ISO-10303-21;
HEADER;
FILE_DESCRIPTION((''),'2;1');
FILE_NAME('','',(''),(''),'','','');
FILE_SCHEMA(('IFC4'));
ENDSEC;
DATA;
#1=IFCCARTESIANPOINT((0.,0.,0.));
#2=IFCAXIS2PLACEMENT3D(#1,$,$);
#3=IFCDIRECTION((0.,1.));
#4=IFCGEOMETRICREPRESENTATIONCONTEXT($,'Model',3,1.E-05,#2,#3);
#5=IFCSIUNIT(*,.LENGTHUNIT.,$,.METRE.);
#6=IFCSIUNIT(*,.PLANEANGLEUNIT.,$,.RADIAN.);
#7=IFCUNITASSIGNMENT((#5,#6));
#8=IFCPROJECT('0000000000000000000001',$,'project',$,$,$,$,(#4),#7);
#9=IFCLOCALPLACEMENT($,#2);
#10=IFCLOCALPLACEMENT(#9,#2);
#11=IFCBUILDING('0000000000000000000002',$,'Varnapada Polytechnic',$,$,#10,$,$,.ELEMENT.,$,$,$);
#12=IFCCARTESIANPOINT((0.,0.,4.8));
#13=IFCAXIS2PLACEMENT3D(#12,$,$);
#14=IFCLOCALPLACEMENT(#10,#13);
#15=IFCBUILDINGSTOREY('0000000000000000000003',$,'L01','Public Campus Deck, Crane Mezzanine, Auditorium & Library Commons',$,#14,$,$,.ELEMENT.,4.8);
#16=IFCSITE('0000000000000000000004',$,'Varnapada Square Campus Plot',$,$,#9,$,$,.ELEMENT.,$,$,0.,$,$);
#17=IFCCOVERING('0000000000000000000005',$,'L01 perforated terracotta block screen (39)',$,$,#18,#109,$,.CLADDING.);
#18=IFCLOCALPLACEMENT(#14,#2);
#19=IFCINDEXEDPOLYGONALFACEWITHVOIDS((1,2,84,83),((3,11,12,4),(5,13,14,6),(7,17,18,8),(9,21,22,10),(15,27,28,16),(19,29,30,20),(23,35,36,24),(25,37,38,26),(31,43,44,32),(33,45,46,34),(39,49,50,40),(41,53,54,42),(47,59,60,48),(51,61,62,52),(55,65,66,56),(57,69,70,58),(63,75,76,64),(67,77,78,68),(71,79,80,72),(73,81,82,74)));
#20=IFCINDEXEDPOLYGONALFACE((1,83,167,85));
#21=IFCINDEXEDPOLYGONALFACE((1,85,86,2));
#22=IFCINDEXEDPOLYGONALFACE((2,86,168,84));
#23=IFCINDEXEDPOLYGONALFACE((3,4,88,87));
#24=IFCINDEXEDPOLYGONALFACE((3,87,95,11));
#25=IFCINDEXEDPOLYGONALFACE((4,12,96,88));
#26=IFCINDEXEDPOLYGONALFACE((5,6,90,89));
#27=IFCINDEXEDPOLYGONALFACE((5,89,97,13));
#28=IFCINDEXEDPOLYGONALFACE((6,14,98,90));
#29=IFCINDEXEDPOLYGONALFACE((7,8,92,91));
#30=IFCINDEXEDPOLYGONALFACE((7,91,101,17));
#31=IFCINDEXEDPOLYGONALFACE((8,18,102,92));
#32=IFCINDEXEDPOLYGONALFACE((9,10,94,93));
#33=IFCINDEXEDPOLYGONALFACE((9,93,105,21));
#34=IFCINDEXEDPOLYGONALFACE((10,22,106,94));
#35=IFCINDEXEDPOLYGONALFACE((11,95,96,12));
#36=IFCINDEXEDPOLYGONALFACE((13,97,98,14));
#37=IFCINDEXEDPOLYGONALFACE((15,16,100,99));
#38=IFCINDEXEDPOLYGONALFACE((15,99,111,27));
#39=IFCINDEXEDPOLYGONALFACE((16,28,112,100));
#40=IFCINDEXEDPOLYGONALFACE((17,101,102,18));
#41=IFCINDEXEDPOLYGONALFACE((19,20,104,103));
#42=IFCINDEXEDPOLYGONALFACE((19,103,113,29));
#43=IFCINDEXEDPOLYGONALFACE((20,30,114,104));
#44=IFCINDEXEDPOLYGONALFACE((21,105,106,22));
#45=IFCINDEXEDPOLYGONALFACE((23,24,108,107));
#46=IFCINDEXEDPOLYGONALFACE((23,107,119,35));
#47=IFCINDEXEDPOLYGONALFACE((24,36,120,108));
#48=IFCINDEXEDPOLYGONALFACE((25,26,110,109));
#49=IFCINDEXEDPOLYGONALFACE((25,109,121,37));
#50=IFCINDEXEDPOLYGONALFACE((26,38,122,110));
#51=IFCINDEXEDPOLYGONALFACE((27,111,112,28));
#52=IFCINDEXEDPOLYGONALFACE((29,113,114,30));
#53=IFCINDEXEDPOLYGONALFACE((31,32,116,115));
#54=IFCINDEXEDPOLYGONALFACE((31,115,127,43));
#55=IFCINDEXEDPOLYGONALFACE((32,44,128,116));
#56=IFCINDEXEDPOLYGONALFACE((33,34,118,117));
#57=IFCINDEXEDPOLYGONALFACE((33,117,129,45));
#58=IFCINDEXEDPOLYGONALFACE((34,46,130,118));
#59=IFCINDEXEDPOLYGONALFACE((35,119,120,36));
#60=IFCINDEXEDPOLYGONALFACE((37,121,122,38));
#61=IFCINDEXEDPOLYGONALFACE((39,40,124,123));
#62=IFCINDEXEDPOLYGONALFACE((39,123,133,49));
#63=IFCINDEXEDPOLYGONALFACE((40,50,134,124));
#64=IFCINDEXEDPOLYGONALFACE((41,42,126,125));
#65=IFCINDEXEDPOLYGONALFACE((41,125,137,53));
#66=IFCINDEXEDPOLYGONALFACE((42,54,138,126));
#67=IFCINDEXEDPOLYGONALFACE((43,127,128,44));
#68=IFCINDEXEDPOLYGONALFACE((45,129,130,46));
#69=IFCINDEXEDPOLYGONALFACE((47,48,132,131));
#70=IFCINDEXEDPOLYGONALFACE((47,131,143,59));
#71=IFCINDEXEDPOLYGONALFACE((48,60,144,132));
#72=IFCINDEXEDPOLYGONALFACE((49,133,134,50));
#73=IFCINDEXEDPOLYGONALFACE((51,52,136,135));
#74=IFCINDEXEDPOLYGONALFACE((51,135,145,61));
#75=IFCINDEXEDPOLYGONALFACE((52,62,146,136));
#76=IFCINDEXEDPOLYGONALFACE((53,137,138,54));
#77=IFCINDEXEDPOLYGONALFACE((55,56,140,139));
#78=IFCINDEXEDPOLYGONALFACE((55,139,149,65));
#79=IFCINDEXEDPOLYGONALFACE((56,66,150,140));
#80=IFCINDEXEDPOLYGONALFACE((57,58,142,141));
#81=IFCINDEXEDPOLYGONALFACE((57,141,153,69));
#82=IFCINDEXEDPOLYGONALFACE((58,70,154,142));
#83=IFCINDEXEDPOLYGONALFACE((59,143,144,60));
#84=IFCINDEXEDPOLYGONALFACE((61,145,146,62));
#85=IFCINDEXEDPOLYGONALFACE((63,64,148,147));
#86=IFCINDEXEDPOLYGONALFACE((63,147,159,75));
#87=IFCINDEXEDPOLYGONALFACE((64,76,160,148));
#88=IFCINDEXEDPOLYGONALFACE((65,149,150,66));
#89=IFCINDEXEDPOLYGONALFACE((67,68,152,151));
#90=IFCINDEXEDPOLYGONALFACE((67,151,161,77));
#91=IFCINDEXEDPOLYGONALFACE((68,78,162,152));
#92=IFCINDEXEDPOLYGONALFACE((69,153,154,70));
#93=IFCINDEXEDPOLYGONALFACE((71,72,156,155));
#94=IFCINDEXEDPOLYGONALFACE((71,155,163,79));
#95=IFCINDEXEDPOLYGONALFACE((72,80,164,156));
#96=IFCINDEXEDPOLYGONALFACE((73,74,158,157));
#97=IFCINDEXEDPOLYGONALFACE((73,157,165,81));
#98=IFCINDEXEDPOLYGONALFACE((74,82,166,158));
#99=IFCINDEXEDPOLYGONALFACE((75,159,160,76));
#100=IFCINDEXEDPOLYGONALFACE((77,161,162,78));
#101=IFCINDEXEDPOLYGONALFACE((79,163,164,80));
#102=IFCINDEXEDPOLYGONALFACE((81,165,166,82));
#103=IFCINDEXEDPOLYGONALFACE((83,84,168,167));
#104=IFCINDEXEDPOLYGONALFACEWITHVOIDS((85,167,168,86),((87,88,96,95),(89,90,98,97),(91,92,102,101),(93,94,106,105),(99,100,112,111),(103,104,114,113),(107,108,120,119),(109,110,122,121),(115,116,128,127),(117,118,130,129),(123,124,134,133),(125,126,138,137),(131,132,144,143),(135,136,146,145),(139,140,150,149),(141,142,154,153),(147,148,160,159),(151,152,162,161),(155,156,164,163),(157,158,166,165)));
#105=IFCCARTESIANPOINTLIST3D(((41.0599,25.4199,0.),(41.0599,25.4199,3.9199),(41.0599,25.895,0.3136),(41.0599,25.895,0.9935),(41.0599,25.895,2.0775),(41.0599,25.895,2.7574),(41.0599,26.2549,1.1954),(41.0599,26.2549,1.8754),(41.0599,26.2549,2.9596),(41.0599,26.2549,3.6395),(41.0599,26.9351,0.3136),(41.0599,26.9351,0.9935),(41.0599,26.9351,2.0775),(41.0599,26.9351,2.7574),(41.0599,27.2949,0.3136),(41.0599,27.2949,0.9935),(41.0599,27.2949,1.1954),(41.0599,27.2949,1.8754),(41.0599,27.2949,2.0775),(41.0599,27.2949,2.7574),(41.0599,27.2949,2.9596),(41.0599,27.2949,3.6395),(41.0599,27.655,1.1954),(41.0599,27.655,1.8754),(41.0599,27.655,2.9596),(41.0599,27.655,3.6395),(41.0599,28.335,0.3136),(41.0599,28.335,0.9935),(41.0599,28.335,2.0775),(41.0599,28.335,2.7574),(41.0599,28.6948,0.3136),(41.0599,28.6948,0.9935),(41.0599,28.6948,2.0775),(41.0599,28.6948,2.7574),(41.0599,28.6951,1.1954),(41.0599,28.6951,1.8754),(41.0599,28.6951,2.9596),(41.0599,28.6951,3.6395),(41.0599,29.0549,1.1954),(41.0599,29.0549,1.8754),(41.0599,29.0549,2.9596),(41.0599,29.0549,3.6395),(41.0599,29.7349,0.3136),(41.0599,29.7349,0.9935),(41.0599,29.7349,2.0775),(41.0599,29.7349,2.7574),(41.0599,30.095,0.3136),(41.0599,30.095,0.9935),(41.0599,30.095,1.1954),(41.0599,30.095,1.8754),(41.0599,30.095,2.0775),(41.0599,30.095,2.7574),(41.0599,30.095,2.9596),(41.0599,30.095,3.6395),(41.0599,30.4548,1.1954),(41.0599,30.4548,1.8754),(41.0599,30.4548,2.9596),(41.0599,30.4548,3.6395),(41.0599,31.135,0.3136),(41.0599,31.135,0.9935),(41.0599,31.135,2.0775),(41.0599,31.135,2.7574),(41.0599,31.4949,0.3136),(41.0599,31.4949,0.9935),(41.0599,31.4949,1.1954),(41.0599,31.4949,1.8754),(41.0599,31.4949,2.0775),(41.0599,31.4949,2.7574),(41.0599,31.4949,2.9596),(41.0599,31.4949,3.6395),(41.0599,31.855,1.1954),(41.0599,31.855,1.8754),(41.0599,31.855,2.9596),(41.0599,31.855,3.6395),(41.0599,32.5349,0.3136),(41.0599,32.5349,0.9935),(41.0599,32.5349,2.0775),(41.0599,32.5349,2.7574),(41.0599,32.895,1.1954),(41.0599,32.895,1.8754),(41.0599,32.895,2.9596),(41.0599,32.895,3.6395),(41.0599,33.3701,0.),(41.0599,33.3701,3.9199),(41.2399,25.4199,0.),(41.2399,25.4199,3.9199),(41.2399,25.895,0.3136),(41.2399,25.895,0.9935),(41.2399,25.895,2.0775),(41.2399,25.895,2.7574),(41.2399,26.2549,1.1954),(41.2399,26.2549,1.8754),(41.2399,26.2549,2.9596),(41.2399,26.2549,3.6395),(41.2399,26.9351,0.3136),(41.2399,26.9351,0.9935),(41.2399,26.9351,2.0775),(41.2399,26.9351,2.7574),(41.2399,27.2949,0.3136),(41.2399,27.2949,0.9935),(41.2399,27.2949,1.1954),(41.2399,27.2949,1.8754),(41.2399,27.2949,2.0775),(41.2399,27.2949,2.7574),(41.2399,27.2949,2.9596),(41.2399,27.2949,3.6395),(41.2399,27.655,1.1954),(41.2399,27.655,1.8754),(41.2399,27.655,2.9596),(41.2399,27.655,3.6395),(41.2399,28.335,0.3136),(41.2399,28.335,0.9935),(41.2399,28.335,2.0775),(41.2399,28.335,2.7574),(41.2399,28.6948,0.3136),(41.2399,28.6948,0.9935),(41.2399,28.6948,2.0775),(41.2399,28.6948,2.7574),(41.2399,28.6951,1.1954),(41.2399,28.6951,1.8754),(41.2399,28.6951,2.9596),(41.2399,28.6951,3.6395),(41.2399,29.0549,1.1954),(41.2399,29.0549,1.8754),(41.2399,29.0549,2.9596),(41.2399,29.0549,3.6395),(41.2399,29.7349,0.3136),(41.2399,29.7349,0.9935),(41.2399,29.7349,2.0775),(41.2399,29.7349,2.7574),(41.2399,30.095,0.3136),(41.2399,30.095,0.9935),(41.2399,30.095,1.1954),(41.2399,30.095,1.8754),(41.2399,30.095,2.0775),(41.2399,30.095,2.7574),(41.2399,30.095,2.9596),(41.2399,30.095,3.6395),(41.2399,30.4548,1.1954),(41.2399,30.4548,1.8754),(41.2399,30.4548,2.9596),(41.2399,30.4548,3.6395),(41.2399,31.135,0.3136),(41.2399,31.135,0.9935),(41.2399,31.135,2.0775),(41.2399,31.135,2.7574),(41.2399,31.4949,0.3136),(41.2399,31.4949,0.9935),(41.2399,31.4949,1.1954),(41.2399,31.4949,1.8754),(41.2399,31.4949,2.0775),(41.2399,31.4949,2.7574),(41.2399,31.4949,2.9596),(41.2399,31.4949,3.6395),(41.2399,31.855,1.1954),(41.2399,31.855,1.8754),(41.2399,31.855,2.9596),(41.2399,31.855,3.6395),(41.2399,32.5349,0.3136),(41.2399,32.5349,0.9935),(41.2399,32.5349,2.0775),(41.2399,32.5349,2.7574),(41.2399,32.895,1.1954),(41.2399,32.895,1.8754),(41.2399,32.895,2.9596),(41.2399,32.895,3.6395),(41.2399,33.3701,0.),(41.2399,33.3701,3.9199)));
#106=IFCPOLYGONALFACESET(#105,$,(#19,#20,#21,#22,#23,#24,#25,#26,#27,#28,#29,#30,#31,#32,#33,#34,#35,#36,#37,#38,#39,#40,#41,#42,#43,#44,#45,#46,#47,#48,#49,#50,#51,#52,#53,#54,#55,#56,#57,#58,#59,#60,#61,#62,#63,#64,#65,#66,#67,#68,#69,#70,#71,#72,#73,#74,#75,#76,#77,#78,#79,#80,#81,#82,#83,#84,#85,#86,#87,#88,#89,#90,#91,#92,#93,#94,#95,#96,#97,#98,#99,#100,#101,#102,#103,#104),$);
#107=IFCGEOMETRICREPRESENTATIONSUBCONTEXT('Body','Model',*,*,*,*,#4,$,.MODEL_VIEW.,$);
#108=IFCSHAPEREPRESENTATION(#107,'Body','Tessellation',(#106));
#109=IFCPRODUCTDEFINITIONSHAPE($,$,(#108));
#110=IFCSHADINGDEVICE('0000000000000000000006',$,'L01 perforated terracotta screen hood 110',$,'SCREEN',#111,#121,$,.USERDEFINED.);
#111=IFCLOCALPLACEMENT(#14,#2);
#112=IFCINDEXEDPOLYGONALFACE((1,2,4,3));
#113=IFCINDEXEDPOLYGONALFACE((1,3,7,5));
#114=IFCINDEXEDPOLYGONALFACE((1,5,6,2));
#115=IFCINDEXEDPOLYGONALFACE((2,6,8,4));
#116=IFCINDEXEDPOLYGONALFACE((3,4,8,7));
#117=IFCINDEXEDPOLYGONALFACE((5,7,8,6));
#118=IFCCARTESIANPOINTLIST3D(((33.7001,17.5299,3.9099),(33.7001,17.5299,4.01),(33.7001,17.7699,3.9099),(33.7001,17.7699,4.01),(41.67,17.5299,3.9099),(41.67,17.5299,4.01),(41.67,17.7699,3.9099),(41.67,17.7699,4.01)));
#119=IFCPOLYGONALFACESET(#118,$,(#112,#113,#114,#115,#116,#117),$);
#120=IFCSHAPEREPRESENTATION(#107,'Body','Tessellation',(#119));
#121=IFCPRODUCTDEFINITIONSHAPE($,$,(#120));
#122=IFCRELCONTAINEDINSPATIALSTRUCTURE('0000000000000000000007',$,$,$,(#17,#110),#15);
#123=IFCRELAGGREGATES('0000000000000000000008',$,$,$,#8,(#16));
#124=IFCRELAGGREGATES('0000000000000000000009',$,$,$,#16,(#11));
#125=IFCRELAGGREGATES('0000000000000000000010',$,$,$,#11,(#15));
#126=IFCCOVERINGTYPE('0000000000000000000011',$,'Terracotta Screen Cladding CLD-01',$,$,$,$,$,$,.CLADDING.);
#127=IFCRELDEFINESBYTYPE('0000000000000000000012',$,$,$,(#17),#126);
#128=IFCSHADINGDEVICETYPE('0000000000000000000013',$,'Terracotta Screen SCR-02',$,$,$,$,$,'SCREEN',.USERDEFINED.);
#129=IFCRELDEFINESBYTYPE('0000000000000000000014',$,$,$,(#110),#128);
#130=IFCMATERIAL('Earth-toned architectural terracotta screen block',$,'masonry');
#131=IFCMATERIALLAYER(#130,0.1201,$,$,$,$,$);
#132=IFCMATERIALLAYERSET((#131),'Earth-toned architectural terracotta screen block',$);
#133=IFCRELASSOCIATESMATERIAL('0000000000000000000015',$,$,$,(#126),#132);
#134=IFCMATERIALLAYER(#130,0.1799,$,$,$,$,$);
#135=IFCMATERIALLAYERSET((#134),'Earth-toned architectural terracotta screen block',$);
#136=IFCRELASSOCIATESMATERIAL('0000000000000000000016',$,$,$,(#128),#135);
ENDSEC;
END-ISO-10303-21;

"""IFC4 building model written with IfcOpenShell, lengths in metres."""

from ifc_helpers import new_model, si_unit, direction, frame, frame_2d, origin, origin_2d, place, context, subcontext, project, spatial, rectangle, extrude, material, layer, layer_set, type_object, element, save


model = new_model("IFC4")

# Units and contexts
model_context = context("Model", 3, precision=1e-05, world=origin(), true_north=direction((0.0, 1.0)))
body_context = subcontext(model_context, "Body", "Model", "MODEL_VIEW")
ifc_project = project(units=[si_unit("LENGTHUNIT", "METRE"), si_unit("PLANEANGLEUNIT", "RADIAN")], contexts=[model_context])

# Site, building, storey
site_placement = place(None, origin())
site = spatial("IfcSite", under=ifc_project, at=site_placement, Name="Varnapada Square Campus Plot", CompositionType="ELEMENT", RefElevation=0.0)
building_placement = place(site_placement, origin())
building = spatial("IfcBuilding", under=site, at=building_placement, Name="Varnapada Polytechnic", CompositionType="ELEMENT")
storey_placement = place(building_placement, frame((0.0, 0.0, 4.8)))
storey = spatial("IfcBuildingStorey", under=building, at=storey_placement, Name="L01", Description="Public Campus Deck, Crane Mezzanine, Auditorium & Library Commons", CompositionType="ELEMENT", Elevation=4.8)

# Covering, openings
ifc_material_1 = material(Name="Earth-toned architectural terracotta screen block", Category="masonry")
ifc_layer_1 = layer(ifc_material_1, 0.1201)
ifc_layer_set_1 = layer_set([ifc_layer_1], Name="Earth-toned architectural terracotta screen block")
covering_type = type_object("IfcCoveringType", Name="Terracotta Screen Cladding CLD-01", PredefinedType="CLADDING", material=ifc_layer_set_1)
covering_placement = place(storey_placement, frame((41.1499, 25.4199, 0.0), z_axis=(0.0, 0.0, 1.0), x_axis=(0.0, 1.0, 0.0)))
covering = element("IfcCovering", 1, at=covering_placement, inside=storey, type_object=covering_type, Name="L01 perforated terracotta block screen (39)", PredefinedType="CLADDING", context=body_context, shape_type="SweptSolid", body=[
    extrude(rectangle(XDim=7.9502, YDim=0.1799, at=frame_2d((3.9751, 0.0))), origin(), (0.0, 0.0, 1.0), 3.9199),
])
opening_1_placement = place(covering_placement, frame((0.4751, 0.0, 0.3137)))
element("IfcOpeningElement", 2, at=opening_1_placement, cuts=covering, PredefinedType="OPENING", context=body_context, shape_type="SweptSolid", body=[
    extrude(rectangle(XDim=1.04, YDim=0.6799, at=frame_2d((0.52, 0.3398))), frame((0.0, 0.0999, 0.0), z_axis=(0.0, -1.0, 0.0), x_axis=(1.0, 0.0, 0.0)), (0.0, 0.0, 1.0), 0.2),
])
opening_2_placement = place(covering_placement, frame((1.875, 0.0, 0.3137)))
element("IfcOpeningElement", 3, at=opening_2_placement, cuts=covering, PredefinedType="OPENING", context=body_context, shape_type="SweptSolid", body=[
    extrude(rectangle(XDim=1.04, YDim=0.6799, at=frame_2d((0.52, 0.3398))), frame((0.0, 0.0999, 0.0), z_axis=(0.0, -1.0, 0.0), x_axis=(1.0, 0.0, 0.0)), (0.0, 0.0, 1.0), 0.2),
])
opening_3_placement = place(covering_placement, frame((3.2749, 0.0, 0.3137)))
element("IfcOpeningElement", 4, at=opening_3_placement, cuts=covering, PredefinedType="OPENING", context=body_context, shape_type="SweptSolid", body=[
    extrude(rectangle(XDim=1.04, YDim=0.6799, at=frame_2d((0.52, 0.3398))), frame((0.0, 0.0999, 0.0), z_axis=(0.0, -1.0, 0.0), x_axis=(1.0, 0.0, 0.0)), (0.0, 0.0, 1.0), 0.2),
])
opening_4_placement = place(covering_placement, frame((4.675, 0.0, 0.3137)))
element("IfcOpeningElement", 5, at=opening_4_placement, cuts=covering, PredefinedType="OPENING", context=body_context, shape_type="SweptSolid", body=[
    extrude(rectangle(XDim=1.04, YDim=0.6799, at=frame_2d((0.52, 0.3398))), frame((0.0, 0.0999, 0.0), z_axis=(0.0, -1.0, 0.0), x_axis=(1.0, 0.0, 0.0)), (0.0, 0.0, 1.0), 0.2),
])
opening_5_placement = place(covering_placement, frame((6.075, 0.0, 0.3137)))
element("IfcOpeningElement", 6, at=opening_5_placement, cuts=covering, PredefinedType="OPENING", context=body_context, shape_type="SweptSolid", body=[
    extrude(rectangle(XDim=1.04, YDim=0.6799, at=frame_2d((0.52, 0.3398))), frame((0.0, 0.0999, 0.0), z_axis=(0.0, -1.0, 0.0), x_axis=(1.0, 0.0, 0.0)), (0.0, 0.0, 1.0), 0.2),
])
opening_6_placement = place(covering_placement, frame((0.835, 0.0, 1.1956)))
element("IfcOpeningElement", 7, at=opening_6_placement, cuts=covering, PredefinedType="OPENING", context=body_context, shape_type="SweptSolid", body=[
    extrude(rectangle(XDim=1.04, YDim=0.6799, at=frame_2d((0.52, 0.3398))), frame((0.0, 0.0999, 0.0), z_axis=(0.0, -1.0, 0.0), x_axis=(1.0, 0.0, 0.0)), (0.0, 0.0, 1.0), 0.2),
])
opening_7_placement = place(covering_placement, frame((2.2351, 0.0, 1.1956)))
element("IfcOpeningElement", 8, at=opening_7_placement, cuts=covering, PredefinedType="OPENING", context=body_context, shape_type="SweptSolid", body=[
    extrude(rectangle(XDim=1.04, YDim=0.6799, at=frame_2d((0.52, 0.3398))), frame((0.0, 0.0999, 0.0), z_axis=(0.0, -1.0, 0.0), x_axis=(1.0, 0.0, 0.0)), (0.0, 0.0, 1.0), 0.2),
])
opening_8_placement = place(covering_placement, frame((3.635, 0.0, 1.1956)))
element("IfcOpeningElement", 9, at=opening_8_placement, cuts=covering, PredefinedType="OPENING", context=body_context, shape_type="SweptSolid", body=[
    extrude(rectangle(XDim=1.04, YDim=0.6799, at=frame_2d((0.52, 0.3398))), frame((0.0, 0.0999, 0.0), z_axis=(0.0, -1.0, 0.0), x_axis=(1.0, 0.0, 0.0)), (0.0, 0.0, 1.0), 0.2),
])
opening_9_placement = place(covering_placement, frame((5.0349, 0.0, 1.1956)))
element("IfcOpeningElement", 10, at=opening_9_placement, cuts=covering, PredefinedType="OPENING", context=body_context, shape_type="SweptSolid", body=[
    extrude(rectangle(XDim=1.04, YDim=0.6799, at=frame_2d((0.52, 0.3398))), frame((0.0, 0.0999, 0.0), z_axis=(0.0, -1.0, 0.0), x_axis=(1.0, 0.0, 0.0)), (0.0, 0.0, 1.0), 0.2),
])
opening_10_placement = place(covering_placement, frame((6.4351, 0.0, 1.1956)))
element("IfcOpeningElement", 11, at=opening_10_placement, cuts=covering, PredefinedType="OPENING", context=body_context, shape_type="SweptSolid", body=[
    extrude(rectangle(XDim=1.04, YDim=0.6799, at=frame_2d((0.52, 0.3398))), frame((0.0, 0.0999, 0.0), z_axis=(0.0, -1.0, 0.0), x_axis=(1.0, 0.0, 0.0)), (0.0, 0.0, 1.0), 0.2),
])
opening_11_placement = place(covering_placement, frame((0.4751, 0.0, 2.0776)))
element("IfcOpeningElement", 12, at=opening_11_placement, cuts=covering, PredefinedType="OPENING", context=body_context, shape_type="SweptSolid", body=[
    extrude(rectangle(XDim=1.04, YDim=0.6799, at=frame_2d((0.52, 0.3398))), frame((0.0, 0.0999, 0.0), z_axis=(0.0, -1.0, 0.0), x_axis=(1.0, 0.0, 0.0)), (0.0, 0.0, 1.0), 0.2),
])
opening_12_placement = place(covering_placement, frame((1.875, 0.0, 2.0776)))
element("IfcOpeningElement", 13, at=opening_12_placement, cuts=covering, PredefinedType="OPENING", context=body_context, shape_type="SweptSolid", body=[
    extrude(rectangle(XDim=1.04, YDim=0.6799, at=frame_2d((0.52, 0.3398))), frame((0.0, 0.0999, 0.0), z_axis=(0.0, -1.0, 0.0), x_axis=(1.0, 0.0, 0.0)), (0.0, 0.0, 1.0), 0.2),
])
opening_13_placement = place(covering_placement, frame((3.2749, 0.0, 2.0776)))
element("IfcOpeningElement", 14, at=opening_13_placement, cuts=covering, PredefinedType="OPENING", context=body_context, shape_type="SweptSolid", body=[
    extrude(rectangle(XDim=1.04, YDim=0.6799, at=frame_2d((0.52, 0.3398))), frame((0.0, 0.0999, 0.0), z_axis=(0.0, -1.0, 0.0), x_axis=(1.0, 0.0, 0.0)), (0.0, 0.0, 1.0), 0.2),
])
opening_14_placement = place(covering_placement, frame((4.675, 0.0, 2.0776)))
element("IfcOpeningElement", 15, at=opening_14_placement, cuts=covering, PredefinedType="OPENING", context=body_context, shape_type="SweptSolid", body=[
    extrude(rectangle(XDim=1.04, YDim=0.6799, at=frame_2d((0.52, 0.3398))), frame((0.0, 0.0999, 0.0), z_axis=(0.0, -1.0, 0.0), x_axis=(1.0, 0.0, 0.0)), (0.0, 0.0, 1.0), 0.2),
])
opening_15_placement = place(covering_placement, frame((6.075, 0.0, 2.0776)))
element("IfcOpeningElement", 16, at=opening_15_placement, cuts=covering, PredefinedType="OPENING", context=body_context, shape_type="SweptSolid", body=[
    extrude(rectangle(XDim=1.04, YDim=0.6799, at=frame_2d((0.52, 0.3398))), frame((0.0, 0.0999, 0.0), z_axis=(0.0, -1.0, 0.0), x_axis=(1.0, 0.0, 0.0)), (0.0, 0.0, 1.0), 0.2),
])
opening_16_placement = place(covering_placement, frame((0.835, 0.0, 2.9597)))
element("IfcOpeningElement", 17, at=opening_16_placement, cuts=covering, PredefinedType="OPENING", context=body_context, shape_type="SweptSolid", body=[
    extrude(rectangle(XDim=1.04, YDim=0.6799, at=frame_2d((0.52, 0.3398))), frame((0.0, 0.0999, 0.0), z_axis=(0.0, -1.0, 0.0), x_axis=(1.0, 0.0, 0.0)), (0.0, 0.0, 1.0), 0.2),
])
opening_17_placement = place(covering_placement, frame((2.2351, 0.0, 2.9597)))
element("IfcOpeningElement", 18, at=opening_17_placement, cuts=covering, PredefinedType="OPENING", context=body_context, shape_type="SweptSolid", body=[
    extrude(rectangle(XDim=1.04, YDim=0.6799, at=frame_2d((0.52, 0.3398))), frame((0.0, 0.0999, 0.0), z_axis=(0.0, -1.0, 0.0), x_axis=(1.0, 0.0, 0.0)), (0.0, 0.0, 1.0), 0.2),
])
opening_18_placement = place(covering_placement, frame((3.635, 0.0, 2.9597)))
element("IfcOpeningElement", 19, at=opening_18_placement, cuts=covering, PredefinedType="OPENING", context=body_context, shape_type="SweptSolid", body=[
    extrude(rectangle(XDim=1.04, YDim=0.6799, at=frame_2d((0.52, 0.3398))), frame((0.0, 0.0999, 0.0), z_axis=(0.0, -1.0, 0.0), x_axis=(1.0, 0.0, 0.0)), (0.0, 0.0, 1.0), 0.2),
])
opening_19_placement = place(covering_placement, frame((5.0349, 0.0, 2.9597)))
element("IfcOpeningElement", 20, at=opening_19_placement, cuts=covering, PredefinedType="OPENING", context=body_context, shape_type="SweptSolid", body=[
    extrude(rectangle(XDim=1.04, YDim=0.6799, at=frame_2d((0.52, 0.3398))), frame((0.0, 0.0999, 0.0), z_axis=(0.0, -1.0, 0.0), x_axis=(1.0, 0.0, 0.0)), (0.0, 0.0, 1.0), 0.2),
])
opening_20_placement = place(covering_placement, frame((6.4351, 0.0, 2.9597)))
element("IfcOpeningElement", 21, at=opening_20_placement, cuts=covering, PredefinedType="OPENING", context=body_context, shape_type="SweptSolid", body=[
    extrude(rectangle(XDim=1.04, YDim=0.6799, at=frame_2d((0.52, 0.3398))), frame((0.0, 0.0999, 0.0), z_axis=(0.0, -1.0, 0.0), x_axis=(1.0, 0.0, 0.0)), (0.0, 0.0, 1.0), 0.2),
])

# Shading device
ifc_layer_2 = layer(ifc_material_1, 0.1799)
ifc_layer_set_2 = layer_set([ifc_layer_2], Name="Earth-toned architectural terracotta screen block")
shading_device_type = type_object("IfcShadingDeviceType", Name="Terracotta Screen SCR-02", ElementType="SCREEN", PredefinedType="USERDEFINED", material=ifc_layer_set_2)
shading_device_1_placement = place(storey_placement, frame((37.6851, 17.6499, 3.9099), z_axis=(0.0, 0.0, 1.0), x_axis=(1.0, 0.0, 0.0)))
element("IfcShadingDevice", 22, at=shading_device_1_placement, inside=storey, type_object=shading_device_type, Name="L01 perforated terracotta screen hood 110", ObjectType="SCREEN", PredefinedType="USERDEFINED", context=body_context, shape_type="SweptSolid", body=[
    extrude(rectangle(XDim=7.97, YDim=0.24, at=origin_2d()), origin(), (0.0, 0.0, 1.0), 0.1001),
])

save(model, "model.ifc")
